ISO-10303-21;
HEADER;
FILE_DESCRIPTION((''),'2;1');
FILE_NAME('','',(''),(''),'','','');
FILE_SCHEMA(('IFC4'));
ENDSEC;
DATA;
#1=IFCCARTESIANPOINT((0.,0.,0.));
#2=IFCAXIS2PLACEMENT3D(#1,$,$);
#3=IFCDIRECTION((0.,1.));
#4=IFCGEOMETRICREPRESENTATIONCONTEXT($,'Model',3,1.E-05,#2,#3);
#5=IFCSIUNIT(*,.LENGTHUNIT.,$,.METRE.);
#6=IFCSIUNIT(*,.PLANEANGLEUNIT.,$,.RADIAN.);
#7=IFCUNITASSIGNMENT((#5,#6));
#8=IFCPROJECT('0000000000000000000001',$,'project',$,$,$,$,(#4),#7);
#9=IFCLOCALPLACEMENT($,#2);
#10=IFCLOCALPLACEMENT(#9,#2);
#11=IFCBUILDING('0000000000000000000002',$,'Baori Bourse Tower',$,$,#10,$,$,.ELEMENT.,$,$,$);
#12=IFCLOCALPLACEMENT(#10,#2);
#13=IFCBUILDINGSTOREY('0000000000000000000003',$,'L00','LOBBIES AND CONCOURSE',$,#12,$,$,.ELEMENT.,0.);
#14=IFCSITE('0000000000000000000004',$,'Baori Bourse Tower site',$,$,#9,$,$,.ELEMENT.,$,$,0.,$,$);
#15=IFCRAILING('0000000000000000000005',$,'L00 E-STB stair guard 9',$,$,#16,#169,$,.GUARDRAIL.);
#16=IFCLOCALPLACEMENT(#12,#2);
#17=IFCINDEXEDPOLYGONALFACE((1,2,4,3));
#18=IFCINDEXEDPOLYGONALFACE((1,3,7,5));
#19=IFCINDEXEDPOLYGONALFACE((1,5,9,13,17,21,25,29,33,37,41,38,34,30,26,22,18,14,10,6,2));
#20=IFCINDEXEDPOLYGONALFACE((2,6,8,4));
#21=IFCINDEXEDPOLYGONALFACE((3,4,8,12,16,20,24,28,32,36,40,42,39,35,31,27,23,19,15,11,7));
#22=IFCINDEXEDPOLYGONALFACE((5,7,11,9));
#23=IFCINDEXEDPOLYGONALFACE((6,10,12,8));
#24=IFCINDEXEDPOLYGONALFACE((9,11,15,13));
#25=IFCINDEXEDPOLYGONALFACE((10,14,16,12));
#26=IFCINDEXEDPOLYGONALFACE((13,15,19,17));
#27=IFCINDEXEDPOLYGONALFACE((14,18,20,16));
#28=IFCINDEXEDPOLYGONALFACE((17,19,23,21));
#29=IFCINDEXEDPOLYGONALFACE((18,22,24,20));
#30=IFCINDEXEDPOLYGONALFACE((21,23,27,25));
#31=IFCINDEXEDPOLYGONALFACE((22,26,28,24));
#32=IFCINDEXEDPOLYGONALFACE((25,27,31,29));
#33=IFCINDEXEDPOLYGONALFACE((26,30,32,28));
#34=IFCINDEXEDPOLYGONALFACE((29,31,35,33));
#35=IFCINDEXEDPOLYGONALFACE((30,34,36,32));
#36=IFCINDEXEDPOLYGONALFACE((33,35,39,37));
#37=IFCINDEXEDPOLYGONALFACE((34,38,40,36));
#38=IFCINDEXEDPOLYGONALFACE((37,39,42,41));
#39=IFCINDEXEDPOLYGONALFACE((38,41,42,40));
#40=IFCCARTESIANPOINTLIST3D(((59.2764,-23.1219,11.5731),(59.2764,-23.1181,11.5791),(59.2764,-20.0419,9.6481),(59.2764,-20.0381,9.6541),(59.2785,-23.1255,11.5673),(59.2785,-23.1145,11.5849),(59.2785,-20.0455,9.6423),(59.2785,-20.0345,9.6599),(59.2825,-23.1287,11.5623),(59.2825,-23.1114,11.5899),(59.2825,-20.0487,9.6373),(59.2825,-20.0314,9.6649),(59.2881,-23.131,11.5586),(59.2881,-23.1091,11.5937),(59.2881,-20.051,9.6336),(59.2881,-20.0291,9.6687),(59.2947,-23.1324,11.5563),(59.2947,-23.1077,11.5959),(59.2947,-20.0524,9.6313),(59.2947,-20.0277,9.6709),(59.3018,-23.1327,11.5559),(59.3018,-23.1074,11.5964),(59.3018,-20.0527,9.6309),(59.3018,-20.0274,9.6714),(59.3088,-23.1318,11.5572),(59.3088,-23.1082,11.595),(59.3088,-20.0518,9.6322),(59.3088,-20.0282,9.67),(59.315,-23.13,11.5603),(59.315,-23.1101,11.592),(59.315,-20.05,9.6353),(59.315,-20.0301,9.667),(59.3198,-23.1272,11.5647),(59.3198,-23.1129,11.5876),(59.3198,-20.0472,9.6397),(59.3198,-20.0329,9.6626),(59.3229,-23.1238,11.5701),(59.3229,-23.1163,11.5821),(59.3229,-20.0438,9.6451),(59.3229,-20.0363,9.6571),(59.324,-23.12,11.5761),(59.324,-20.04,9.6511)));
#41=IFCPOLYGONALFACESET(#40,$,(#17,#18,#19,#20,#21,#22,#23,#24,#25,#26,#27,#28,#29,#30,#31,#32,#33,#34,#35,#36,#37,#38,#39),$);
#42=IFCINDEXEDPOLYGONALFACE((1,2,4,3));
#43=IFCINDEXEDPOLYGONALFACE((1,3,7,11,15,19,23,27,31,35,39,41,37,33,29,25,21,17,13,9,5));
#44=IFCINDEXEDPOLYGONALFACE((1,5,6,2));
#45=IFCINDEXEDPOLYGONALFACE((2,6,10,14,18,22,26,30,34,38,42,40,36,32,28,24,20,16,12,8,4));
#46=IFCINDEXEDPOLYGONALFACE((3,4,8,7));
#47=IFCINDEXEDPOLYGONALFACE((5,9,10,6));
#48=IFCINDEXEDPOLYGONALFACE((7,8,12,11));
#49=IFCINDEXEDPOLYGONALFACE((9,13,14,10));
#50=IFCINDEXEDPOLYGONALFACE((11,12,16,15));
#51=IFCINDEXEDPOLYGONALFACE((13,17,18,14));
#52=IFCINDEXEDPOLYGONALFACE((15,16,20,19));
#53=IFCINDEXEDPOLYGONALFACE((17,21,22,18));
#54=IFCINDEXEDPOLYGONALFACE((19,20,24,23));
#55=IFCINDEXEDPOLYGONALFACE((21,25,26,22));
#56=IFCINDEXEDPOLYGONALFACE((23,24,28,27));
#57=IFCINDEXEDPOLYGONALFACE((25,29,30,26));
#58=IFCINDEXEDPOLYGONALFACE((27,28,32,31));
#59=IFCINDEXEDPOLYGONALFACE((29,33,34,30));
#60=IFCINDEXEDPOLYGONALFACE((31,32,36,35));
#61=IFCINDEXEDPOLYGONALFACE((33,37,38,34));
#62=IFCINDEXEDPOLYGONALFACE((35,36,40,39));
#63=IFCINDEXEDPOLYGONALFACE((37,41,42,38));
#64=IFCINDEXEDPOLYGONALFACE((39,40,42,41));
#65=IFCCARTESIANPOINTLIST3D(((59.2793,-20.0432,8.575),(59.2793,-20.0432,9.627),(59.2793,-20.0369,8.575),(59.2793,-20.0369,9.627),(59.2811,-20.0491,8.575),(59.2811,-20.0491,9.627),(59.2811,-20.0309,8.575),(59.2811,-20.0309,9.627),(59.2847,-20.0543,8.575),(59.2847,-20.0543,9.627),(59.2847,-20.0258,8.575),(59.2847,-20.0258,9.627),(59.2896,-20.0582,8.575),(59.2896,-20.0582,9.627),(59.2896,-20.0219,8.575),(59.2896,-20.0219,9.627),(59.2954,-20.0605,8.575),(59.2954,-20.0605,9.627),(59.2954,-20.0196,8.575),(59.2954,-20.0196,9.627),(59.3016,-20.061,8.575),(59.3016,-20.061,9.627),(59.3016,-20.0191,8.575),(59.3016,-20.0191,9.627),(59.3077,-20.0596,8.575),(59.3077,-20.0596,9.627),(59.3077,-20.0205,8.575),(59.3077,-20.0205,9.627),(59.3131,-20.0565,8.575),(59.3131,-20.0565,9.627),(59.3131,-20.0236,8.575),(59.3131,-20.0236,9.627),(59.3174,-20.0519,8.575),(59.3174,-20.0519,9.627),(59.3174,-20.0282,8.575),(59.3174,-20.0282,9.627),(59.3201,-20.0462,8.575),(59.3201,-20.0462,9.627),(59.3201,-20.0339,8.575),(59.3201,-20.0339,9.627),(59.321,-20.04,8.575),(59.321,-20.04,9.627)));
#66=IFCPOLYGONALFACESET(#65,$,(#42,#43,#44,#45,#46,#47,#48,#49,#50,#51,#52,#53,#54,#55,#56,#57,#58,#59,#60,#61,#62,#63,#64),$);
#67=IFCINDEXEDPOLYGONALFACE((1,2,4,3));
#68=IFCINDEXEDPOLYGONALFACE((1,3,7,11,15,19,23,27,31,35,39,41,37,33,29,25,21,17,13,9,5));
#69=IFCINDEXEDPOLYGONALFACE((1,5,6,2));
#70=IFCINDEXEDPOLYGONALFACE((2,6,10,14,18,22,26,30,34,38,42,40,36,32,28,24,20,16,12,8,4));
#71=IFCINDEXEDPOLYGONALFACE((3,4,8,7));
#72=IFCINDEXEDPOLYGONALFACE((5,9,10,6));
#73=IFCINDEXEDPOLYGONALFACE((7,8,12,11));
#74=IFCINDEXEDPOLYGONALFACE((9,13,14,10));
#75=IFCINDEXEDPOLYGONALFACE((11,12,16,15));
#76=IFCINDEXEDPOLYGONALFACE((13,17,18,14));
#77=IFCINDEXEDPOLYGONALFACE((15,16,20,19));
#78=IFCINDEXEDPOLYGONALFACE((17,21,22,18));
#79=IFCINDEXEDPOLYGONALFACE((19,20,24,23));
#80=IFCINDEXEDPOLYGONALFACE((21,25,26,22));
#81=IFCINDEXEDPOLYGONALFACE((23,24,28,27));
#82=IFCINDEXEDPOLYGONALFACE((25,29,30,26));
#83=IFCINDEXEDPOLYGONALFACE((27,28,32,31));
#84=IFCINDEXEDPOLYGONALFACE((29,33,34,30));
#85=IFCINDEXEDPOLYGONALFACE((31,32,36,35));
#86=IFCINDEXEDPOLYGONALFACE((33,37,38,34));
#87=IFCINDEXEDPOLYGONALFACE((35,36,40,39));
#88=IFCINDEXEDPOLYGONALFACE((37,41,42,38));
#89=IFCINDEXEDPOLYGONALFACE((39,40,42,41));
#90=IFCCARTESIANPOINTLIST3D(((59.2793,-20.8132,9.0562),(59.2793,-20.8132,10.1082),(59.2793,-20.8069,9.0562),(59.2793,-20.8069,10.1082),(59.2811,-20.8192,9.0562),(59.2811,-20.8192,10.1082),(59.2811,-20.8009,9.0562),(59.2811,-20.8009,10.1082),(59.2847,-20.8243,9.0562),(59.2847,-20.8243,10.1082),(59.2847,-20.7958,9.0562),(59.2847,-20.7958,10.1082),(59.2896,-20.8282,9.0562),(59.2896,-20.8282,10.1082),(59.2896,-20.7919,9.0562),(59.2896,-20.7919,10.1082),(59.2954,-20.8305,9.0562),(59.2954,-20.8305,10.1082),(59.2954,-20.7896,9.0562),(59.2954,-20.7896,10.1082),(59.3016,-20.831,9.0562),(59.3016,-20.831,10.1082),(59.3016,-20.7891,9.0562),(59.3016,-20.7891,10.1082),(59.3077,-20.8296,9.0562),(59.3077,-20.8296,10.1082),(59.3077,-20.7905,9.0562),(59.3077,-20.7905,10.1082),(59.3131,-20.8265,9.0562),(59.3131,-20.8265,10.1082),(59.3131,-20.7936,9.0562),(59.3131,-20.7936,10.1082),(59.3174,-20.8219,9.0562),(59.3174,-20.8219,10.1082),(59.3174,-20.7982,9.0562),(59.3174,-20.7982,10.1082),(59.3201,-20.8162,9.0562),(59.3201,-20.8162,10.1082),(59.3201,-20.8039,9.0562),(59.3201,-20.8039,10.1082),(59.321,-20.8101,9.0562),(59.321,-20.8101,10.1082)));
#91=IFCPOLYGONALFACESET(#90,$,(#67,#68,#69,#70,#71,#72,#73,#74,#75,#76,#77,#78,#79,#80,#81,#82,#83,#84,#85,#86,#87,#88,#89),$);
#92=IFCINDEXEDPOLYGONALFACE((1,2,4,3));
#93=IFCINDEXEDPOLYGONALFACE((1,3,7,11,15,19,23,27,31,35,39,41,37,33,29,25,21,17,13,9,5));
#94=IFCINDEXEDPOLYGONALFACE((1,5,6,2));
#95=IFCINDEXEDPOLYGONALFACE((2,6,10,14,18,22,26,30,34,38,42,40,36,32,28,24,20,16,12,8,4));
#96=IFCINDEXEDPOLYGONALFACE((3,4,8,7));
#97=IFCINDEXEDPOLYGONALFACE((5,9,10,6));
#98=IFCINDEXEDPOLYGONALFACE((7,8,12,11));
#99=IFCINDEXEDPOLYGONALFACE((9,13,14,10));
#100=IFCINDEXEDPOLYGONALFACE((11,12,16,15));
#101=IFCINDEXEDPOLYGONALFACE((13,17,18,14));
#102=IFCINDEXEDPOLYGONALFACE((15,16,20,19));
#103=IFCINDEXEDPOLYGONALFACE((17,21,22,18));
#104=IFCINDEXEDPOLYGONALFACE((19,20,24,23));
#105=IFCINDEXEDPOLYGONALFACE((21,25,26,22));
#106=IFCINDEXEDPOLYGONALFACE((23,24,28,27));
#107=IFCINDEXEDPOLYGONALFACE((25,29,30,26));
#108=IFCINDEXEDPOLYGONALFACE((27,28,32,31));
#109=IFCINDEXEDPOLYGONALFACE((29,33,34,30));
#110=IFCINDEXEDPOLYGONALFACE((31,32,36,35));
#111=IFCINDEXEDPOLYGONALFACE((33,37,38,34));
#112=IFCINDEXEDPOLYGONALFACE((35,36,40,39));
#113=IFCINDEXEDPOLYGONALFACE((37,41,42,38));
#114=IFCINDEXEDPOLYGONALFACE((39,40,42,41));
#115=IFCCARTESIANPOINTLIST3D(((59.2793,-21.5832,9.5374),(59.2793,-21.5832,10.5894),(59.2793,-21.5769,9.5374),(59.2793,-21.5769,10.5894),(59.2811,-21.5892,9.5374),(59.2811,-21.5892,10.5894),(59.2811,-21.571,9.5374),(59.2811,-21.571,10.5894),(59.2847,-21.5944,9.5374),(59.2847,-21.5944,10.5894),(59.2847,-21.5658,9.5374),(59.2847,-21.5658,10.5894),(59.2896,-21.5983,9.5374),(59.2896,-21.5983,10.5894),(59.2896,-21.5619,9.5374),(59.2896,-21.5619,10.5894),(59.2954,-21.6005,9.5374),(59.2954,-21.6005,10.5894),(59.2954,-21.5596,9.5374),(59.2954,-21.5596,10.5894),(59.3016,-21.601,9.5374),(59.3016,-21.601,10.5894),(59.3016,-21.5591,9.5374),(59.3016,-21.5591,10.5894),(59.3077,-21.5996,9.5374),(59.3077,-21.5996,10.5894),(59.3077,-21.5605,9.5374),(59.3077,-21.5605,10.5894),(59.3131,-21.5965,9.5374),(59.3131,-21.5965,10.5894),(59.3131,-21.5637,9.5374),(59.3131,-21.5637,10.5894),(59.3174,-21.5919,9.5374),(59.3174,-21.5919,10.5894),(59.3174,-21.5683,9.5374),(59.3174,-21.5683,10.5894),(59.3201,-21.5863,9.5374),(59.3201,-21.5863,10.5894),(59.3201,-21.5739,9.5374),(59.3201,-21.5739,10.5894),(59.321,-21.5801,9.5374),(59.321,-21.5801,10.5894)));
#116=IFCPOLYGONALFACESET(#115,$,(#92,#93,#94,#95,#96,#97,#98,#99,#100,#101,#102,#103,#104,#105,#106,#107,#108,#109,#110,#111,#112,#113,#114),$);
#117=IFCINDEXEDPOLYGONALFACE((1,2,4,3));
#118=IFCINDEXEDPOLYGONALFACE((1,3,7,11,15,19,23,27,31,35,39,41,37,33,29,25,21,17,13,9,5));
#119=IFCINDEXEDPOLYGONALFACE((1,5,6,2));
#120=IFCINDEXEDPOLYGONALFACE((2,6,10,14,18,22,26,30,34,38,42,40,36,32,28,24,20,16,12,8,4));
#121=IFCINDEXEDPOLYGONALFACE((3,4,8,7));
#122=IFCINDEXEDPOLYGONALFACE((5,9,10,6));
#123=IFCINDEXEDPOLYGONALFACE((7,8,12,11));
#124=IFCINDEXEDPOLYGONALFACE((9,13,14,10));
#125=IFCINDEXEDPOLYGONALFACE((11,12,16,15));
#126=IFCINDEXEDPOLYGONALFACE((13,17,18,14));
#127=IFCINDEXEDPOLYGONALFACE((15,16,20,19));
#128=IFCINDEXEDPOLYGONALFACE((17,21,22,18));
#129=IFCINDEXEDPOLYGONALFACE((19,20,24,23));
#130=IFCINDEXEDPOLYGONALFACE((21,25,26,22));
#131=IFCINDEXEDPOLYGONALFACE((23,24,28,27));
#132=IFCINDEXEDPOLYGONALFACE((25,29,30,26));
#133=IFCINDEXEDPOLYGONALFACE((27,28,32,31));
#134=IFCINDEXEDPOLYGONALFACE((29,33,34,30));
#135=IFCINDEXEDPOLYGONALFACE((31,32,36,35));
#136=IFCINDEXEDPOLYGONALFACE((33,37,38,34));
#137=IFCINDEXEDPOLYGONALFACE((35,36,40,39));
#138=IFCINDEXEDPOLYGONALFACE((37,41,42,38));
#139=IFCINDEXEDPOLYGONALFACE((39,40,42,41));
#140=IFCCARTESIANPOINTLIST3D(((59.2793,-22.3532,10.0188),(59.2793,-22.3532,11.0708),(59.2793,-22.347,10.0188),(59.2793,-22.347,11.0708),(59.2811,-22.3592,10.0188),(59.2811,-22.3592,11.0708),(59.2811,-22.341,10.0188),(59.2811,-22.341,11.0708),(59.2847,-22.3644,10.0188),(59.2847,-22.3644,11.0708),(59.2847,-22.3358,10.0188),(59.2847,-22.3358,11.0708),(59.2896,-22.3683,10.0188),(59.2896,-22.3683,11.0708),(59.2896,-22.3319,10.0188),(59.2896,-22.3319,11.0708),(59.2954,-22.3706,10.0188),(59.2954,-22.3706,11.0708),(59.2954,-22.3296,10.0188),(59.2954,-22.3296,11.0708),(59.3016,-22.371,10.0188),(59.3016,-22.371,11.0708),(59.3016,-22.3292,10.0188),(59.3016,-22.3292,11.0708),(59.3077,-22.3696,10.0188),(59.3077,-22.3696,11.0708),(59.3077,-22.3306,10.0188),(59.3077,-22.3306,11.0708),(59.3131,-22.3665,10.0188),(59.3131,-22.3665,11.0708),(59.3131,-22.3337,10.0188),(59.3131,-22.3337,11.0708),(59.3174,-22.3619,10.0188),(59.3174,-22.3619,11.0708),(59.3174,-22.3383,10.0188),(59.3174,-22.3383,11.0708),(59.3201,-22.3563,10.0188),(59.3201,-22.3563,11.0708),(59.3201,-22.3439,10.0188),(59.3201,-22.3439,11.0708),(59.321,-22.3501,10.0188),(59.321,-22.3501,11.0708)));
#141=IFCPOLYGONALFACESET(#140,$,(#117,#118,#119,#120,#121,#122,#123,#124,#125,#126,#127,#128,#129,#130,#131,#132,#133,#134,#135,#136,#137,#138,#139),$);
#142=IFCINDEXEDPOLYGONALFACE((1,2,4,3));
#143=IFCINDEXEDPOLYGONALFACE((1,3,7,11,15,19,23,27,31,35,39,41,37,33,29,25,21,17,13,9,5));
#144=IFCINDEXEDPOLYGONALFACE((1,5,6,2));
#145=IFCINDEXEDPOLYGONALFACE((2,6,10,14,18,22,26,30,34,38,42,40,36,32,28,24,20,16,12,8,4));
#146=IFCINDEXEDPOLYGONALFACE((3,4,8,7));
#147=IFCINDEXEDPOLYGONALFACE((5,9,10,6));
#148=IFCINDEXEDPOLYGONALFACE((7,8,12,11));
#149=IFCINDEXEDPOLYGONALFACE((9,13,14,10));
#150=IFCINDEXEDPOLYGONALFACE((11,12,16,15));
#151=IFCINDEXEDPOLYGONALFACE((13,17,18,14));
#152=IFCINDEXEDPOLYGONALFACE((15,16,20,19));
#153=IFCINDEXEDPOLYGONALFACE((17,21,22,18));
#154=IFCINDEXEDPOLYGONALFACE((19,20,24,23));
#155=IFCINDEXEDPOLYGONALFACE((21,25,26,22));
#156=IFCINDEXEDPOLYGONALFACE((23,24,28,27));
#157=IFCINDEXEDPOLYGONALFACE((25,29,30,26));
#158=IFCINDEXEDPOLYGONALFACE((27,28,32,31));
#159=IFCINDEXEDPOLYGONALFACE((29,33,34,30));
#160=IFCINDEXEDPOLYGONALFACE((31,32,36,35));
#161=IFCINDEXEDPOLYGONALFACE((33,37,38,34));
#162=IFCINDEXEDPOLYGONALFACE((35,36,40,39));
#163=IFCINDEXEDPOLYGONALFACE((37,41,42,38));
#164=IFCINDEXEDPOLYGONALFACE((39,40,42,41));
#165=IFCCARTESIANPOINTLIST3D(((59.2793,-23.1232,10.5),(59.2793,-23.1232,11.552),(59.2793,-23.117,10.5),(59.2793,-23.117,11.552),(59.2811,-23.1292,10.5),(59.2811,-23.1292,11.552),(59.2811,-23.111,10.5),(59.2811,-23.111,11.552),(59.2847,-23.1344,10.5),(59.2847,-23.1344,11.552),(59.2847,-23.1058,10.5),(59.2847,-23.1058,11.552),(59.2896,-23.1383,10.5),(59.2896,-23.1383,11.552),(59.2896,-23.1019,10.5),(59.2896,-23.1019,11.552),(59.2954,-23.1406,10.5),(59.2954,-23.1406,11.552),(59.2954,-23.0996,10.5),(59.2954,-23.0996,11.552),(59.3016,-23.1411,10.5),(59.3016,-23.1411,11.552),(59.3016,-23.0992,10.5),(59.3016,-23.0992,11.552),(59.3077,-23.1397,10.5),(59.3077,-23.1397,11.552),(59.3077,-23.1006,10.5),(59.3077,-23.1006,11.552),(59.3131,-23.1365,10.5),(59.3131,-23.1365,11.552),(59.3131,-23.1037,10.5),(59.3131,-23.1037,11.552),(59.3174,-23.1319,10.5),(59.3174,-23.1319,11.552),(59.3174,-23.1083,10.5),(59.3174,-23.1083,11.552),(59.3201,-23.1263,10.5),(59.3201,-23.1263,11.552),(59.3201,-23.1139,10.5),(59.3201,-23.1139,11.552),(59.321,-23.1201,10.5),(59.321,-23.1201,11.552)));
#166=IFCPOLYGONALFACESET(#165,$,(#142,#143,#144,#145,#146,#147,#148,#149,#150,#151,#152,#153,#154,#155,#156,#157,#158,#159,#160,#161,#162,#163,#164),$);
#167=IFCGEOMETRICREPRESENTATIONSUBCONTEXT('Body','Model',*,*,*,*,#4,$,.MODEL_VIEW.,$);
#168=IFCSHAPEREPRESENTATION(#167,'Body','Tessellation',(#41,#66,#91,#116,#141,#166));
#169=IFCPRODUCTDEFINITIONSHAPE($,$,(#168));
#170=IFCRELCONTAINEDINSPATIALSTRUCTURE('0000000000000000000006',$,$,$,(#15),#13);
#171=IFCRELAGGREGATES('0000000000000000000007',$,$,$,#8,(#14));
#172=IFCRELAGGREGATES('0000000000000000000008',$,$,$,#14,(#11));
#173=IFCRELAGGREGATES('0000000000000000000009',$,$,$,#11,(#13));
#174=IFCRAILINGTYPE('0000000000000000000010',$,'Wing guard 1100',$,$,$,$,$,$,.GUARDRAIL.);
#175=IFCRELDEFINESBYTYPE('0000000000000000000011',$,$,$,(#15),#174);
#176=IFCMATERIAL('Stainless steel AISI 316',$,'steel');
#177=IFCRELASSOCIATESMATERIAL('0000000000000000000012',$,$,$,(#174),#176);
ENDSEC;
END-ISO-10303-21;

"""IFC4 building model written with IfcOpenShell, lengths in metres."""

from ifc_helpers import new_model, si_unit, direction, frame, origin, origin_2d, place, context, subcontext, project, spatial, circle, extrude, material, type_object, element, save


model = new_model("IFC4")

# Units and contexts
model_context = context("Model", 3, precision=1e-05, world=origin(), true_north=direction((0.0, 1.0)))
body_context = subcontext(model_context, "Body", "Model", "MODEL_VIEW")
ifc_project = project(units=[si_unit("LENGTHUNIT", "METRE"), si_unit("PLANEANGLEUNIT", "RADIAN")], contexts=[model_context])

# Site, building, storey
site_placement = place(None, origin())
site = spatial("IfcSite", under=ifc_project, at=site_placement, Name="Baori Bourse Tower site", CompositionType="ELEMENT", RefElevation=0.0)
building_placement = place(site_placement, origin())
building = spatial("IfcBuilding", under=site, at=building_placement, Name="Baori Bourse Tower", CompositionType="ELEMENT")
storey_placement = place(building_placement, origin())
storey = spatial("IfcBuildingStorey", under=building, at=storey_placement, Name="L00", Description="LOBBIES AND CONCOURSE", CompositionType="ELEMENT", Elevation=0.0)

# Railing
ifc_material_1 = material(Name="Stainless steel AISI 316", Category="steel")
railing_type_1 = type_object("IfcRailingType", Name="Wing guard 1100", PredefinedType="GUARDRAIL", material=ifc_material_1)
railing_1_placement = place(storey_placement, frame((59.3, -20.04, 8.575)))
element("IfcRailing", 1, at=railing_1_placement, inside=storey, type_object=railing_type_1, Name="L00 E-STB stair guard 9", PredefinedType="GUARDRAIL", context=body_context, shape_type="SweptSolid", body=[
    extrude(circle(Radius=0.0239, at=origin_2d()), frame((0.0, 0.0, 1.0762), z_axis=(0.0, -0.847998, 0.529999), x_axis=(1.0, 0.0, 0.0)), (0.0, 0.0, 1.0), 3.6321),
    extrude(circle(Radius=0.021, at=origin_2d()), origin(), (0.0, 0.0, 1.0), 1.052),
    extrude(circle(Radius=0.021, at=origin_2d()), frame((0.0, -0.77, 0.4812)), (0.0, 0.0, 1.0), 1.052),
    extrude(circle(Radius=0.021, at=origin_2d()), frame((0.0, -1.54, 0.9624)), (0.0, 0.0, 1.0), 1.052),
    extrude(circle(Radius=0.021, at=origin_2d()), frame((0.0, -2.3101, 1.4438)), (0.0, 0.0, 1.0), 1.052),
    extrude(circle(Radius=0.021, at=origin_2d()), frame((0.0, -3.0801, 1.925)), (0.0, 0.0, 1.0), 1.052),
])

save(model, "model.ifc")
